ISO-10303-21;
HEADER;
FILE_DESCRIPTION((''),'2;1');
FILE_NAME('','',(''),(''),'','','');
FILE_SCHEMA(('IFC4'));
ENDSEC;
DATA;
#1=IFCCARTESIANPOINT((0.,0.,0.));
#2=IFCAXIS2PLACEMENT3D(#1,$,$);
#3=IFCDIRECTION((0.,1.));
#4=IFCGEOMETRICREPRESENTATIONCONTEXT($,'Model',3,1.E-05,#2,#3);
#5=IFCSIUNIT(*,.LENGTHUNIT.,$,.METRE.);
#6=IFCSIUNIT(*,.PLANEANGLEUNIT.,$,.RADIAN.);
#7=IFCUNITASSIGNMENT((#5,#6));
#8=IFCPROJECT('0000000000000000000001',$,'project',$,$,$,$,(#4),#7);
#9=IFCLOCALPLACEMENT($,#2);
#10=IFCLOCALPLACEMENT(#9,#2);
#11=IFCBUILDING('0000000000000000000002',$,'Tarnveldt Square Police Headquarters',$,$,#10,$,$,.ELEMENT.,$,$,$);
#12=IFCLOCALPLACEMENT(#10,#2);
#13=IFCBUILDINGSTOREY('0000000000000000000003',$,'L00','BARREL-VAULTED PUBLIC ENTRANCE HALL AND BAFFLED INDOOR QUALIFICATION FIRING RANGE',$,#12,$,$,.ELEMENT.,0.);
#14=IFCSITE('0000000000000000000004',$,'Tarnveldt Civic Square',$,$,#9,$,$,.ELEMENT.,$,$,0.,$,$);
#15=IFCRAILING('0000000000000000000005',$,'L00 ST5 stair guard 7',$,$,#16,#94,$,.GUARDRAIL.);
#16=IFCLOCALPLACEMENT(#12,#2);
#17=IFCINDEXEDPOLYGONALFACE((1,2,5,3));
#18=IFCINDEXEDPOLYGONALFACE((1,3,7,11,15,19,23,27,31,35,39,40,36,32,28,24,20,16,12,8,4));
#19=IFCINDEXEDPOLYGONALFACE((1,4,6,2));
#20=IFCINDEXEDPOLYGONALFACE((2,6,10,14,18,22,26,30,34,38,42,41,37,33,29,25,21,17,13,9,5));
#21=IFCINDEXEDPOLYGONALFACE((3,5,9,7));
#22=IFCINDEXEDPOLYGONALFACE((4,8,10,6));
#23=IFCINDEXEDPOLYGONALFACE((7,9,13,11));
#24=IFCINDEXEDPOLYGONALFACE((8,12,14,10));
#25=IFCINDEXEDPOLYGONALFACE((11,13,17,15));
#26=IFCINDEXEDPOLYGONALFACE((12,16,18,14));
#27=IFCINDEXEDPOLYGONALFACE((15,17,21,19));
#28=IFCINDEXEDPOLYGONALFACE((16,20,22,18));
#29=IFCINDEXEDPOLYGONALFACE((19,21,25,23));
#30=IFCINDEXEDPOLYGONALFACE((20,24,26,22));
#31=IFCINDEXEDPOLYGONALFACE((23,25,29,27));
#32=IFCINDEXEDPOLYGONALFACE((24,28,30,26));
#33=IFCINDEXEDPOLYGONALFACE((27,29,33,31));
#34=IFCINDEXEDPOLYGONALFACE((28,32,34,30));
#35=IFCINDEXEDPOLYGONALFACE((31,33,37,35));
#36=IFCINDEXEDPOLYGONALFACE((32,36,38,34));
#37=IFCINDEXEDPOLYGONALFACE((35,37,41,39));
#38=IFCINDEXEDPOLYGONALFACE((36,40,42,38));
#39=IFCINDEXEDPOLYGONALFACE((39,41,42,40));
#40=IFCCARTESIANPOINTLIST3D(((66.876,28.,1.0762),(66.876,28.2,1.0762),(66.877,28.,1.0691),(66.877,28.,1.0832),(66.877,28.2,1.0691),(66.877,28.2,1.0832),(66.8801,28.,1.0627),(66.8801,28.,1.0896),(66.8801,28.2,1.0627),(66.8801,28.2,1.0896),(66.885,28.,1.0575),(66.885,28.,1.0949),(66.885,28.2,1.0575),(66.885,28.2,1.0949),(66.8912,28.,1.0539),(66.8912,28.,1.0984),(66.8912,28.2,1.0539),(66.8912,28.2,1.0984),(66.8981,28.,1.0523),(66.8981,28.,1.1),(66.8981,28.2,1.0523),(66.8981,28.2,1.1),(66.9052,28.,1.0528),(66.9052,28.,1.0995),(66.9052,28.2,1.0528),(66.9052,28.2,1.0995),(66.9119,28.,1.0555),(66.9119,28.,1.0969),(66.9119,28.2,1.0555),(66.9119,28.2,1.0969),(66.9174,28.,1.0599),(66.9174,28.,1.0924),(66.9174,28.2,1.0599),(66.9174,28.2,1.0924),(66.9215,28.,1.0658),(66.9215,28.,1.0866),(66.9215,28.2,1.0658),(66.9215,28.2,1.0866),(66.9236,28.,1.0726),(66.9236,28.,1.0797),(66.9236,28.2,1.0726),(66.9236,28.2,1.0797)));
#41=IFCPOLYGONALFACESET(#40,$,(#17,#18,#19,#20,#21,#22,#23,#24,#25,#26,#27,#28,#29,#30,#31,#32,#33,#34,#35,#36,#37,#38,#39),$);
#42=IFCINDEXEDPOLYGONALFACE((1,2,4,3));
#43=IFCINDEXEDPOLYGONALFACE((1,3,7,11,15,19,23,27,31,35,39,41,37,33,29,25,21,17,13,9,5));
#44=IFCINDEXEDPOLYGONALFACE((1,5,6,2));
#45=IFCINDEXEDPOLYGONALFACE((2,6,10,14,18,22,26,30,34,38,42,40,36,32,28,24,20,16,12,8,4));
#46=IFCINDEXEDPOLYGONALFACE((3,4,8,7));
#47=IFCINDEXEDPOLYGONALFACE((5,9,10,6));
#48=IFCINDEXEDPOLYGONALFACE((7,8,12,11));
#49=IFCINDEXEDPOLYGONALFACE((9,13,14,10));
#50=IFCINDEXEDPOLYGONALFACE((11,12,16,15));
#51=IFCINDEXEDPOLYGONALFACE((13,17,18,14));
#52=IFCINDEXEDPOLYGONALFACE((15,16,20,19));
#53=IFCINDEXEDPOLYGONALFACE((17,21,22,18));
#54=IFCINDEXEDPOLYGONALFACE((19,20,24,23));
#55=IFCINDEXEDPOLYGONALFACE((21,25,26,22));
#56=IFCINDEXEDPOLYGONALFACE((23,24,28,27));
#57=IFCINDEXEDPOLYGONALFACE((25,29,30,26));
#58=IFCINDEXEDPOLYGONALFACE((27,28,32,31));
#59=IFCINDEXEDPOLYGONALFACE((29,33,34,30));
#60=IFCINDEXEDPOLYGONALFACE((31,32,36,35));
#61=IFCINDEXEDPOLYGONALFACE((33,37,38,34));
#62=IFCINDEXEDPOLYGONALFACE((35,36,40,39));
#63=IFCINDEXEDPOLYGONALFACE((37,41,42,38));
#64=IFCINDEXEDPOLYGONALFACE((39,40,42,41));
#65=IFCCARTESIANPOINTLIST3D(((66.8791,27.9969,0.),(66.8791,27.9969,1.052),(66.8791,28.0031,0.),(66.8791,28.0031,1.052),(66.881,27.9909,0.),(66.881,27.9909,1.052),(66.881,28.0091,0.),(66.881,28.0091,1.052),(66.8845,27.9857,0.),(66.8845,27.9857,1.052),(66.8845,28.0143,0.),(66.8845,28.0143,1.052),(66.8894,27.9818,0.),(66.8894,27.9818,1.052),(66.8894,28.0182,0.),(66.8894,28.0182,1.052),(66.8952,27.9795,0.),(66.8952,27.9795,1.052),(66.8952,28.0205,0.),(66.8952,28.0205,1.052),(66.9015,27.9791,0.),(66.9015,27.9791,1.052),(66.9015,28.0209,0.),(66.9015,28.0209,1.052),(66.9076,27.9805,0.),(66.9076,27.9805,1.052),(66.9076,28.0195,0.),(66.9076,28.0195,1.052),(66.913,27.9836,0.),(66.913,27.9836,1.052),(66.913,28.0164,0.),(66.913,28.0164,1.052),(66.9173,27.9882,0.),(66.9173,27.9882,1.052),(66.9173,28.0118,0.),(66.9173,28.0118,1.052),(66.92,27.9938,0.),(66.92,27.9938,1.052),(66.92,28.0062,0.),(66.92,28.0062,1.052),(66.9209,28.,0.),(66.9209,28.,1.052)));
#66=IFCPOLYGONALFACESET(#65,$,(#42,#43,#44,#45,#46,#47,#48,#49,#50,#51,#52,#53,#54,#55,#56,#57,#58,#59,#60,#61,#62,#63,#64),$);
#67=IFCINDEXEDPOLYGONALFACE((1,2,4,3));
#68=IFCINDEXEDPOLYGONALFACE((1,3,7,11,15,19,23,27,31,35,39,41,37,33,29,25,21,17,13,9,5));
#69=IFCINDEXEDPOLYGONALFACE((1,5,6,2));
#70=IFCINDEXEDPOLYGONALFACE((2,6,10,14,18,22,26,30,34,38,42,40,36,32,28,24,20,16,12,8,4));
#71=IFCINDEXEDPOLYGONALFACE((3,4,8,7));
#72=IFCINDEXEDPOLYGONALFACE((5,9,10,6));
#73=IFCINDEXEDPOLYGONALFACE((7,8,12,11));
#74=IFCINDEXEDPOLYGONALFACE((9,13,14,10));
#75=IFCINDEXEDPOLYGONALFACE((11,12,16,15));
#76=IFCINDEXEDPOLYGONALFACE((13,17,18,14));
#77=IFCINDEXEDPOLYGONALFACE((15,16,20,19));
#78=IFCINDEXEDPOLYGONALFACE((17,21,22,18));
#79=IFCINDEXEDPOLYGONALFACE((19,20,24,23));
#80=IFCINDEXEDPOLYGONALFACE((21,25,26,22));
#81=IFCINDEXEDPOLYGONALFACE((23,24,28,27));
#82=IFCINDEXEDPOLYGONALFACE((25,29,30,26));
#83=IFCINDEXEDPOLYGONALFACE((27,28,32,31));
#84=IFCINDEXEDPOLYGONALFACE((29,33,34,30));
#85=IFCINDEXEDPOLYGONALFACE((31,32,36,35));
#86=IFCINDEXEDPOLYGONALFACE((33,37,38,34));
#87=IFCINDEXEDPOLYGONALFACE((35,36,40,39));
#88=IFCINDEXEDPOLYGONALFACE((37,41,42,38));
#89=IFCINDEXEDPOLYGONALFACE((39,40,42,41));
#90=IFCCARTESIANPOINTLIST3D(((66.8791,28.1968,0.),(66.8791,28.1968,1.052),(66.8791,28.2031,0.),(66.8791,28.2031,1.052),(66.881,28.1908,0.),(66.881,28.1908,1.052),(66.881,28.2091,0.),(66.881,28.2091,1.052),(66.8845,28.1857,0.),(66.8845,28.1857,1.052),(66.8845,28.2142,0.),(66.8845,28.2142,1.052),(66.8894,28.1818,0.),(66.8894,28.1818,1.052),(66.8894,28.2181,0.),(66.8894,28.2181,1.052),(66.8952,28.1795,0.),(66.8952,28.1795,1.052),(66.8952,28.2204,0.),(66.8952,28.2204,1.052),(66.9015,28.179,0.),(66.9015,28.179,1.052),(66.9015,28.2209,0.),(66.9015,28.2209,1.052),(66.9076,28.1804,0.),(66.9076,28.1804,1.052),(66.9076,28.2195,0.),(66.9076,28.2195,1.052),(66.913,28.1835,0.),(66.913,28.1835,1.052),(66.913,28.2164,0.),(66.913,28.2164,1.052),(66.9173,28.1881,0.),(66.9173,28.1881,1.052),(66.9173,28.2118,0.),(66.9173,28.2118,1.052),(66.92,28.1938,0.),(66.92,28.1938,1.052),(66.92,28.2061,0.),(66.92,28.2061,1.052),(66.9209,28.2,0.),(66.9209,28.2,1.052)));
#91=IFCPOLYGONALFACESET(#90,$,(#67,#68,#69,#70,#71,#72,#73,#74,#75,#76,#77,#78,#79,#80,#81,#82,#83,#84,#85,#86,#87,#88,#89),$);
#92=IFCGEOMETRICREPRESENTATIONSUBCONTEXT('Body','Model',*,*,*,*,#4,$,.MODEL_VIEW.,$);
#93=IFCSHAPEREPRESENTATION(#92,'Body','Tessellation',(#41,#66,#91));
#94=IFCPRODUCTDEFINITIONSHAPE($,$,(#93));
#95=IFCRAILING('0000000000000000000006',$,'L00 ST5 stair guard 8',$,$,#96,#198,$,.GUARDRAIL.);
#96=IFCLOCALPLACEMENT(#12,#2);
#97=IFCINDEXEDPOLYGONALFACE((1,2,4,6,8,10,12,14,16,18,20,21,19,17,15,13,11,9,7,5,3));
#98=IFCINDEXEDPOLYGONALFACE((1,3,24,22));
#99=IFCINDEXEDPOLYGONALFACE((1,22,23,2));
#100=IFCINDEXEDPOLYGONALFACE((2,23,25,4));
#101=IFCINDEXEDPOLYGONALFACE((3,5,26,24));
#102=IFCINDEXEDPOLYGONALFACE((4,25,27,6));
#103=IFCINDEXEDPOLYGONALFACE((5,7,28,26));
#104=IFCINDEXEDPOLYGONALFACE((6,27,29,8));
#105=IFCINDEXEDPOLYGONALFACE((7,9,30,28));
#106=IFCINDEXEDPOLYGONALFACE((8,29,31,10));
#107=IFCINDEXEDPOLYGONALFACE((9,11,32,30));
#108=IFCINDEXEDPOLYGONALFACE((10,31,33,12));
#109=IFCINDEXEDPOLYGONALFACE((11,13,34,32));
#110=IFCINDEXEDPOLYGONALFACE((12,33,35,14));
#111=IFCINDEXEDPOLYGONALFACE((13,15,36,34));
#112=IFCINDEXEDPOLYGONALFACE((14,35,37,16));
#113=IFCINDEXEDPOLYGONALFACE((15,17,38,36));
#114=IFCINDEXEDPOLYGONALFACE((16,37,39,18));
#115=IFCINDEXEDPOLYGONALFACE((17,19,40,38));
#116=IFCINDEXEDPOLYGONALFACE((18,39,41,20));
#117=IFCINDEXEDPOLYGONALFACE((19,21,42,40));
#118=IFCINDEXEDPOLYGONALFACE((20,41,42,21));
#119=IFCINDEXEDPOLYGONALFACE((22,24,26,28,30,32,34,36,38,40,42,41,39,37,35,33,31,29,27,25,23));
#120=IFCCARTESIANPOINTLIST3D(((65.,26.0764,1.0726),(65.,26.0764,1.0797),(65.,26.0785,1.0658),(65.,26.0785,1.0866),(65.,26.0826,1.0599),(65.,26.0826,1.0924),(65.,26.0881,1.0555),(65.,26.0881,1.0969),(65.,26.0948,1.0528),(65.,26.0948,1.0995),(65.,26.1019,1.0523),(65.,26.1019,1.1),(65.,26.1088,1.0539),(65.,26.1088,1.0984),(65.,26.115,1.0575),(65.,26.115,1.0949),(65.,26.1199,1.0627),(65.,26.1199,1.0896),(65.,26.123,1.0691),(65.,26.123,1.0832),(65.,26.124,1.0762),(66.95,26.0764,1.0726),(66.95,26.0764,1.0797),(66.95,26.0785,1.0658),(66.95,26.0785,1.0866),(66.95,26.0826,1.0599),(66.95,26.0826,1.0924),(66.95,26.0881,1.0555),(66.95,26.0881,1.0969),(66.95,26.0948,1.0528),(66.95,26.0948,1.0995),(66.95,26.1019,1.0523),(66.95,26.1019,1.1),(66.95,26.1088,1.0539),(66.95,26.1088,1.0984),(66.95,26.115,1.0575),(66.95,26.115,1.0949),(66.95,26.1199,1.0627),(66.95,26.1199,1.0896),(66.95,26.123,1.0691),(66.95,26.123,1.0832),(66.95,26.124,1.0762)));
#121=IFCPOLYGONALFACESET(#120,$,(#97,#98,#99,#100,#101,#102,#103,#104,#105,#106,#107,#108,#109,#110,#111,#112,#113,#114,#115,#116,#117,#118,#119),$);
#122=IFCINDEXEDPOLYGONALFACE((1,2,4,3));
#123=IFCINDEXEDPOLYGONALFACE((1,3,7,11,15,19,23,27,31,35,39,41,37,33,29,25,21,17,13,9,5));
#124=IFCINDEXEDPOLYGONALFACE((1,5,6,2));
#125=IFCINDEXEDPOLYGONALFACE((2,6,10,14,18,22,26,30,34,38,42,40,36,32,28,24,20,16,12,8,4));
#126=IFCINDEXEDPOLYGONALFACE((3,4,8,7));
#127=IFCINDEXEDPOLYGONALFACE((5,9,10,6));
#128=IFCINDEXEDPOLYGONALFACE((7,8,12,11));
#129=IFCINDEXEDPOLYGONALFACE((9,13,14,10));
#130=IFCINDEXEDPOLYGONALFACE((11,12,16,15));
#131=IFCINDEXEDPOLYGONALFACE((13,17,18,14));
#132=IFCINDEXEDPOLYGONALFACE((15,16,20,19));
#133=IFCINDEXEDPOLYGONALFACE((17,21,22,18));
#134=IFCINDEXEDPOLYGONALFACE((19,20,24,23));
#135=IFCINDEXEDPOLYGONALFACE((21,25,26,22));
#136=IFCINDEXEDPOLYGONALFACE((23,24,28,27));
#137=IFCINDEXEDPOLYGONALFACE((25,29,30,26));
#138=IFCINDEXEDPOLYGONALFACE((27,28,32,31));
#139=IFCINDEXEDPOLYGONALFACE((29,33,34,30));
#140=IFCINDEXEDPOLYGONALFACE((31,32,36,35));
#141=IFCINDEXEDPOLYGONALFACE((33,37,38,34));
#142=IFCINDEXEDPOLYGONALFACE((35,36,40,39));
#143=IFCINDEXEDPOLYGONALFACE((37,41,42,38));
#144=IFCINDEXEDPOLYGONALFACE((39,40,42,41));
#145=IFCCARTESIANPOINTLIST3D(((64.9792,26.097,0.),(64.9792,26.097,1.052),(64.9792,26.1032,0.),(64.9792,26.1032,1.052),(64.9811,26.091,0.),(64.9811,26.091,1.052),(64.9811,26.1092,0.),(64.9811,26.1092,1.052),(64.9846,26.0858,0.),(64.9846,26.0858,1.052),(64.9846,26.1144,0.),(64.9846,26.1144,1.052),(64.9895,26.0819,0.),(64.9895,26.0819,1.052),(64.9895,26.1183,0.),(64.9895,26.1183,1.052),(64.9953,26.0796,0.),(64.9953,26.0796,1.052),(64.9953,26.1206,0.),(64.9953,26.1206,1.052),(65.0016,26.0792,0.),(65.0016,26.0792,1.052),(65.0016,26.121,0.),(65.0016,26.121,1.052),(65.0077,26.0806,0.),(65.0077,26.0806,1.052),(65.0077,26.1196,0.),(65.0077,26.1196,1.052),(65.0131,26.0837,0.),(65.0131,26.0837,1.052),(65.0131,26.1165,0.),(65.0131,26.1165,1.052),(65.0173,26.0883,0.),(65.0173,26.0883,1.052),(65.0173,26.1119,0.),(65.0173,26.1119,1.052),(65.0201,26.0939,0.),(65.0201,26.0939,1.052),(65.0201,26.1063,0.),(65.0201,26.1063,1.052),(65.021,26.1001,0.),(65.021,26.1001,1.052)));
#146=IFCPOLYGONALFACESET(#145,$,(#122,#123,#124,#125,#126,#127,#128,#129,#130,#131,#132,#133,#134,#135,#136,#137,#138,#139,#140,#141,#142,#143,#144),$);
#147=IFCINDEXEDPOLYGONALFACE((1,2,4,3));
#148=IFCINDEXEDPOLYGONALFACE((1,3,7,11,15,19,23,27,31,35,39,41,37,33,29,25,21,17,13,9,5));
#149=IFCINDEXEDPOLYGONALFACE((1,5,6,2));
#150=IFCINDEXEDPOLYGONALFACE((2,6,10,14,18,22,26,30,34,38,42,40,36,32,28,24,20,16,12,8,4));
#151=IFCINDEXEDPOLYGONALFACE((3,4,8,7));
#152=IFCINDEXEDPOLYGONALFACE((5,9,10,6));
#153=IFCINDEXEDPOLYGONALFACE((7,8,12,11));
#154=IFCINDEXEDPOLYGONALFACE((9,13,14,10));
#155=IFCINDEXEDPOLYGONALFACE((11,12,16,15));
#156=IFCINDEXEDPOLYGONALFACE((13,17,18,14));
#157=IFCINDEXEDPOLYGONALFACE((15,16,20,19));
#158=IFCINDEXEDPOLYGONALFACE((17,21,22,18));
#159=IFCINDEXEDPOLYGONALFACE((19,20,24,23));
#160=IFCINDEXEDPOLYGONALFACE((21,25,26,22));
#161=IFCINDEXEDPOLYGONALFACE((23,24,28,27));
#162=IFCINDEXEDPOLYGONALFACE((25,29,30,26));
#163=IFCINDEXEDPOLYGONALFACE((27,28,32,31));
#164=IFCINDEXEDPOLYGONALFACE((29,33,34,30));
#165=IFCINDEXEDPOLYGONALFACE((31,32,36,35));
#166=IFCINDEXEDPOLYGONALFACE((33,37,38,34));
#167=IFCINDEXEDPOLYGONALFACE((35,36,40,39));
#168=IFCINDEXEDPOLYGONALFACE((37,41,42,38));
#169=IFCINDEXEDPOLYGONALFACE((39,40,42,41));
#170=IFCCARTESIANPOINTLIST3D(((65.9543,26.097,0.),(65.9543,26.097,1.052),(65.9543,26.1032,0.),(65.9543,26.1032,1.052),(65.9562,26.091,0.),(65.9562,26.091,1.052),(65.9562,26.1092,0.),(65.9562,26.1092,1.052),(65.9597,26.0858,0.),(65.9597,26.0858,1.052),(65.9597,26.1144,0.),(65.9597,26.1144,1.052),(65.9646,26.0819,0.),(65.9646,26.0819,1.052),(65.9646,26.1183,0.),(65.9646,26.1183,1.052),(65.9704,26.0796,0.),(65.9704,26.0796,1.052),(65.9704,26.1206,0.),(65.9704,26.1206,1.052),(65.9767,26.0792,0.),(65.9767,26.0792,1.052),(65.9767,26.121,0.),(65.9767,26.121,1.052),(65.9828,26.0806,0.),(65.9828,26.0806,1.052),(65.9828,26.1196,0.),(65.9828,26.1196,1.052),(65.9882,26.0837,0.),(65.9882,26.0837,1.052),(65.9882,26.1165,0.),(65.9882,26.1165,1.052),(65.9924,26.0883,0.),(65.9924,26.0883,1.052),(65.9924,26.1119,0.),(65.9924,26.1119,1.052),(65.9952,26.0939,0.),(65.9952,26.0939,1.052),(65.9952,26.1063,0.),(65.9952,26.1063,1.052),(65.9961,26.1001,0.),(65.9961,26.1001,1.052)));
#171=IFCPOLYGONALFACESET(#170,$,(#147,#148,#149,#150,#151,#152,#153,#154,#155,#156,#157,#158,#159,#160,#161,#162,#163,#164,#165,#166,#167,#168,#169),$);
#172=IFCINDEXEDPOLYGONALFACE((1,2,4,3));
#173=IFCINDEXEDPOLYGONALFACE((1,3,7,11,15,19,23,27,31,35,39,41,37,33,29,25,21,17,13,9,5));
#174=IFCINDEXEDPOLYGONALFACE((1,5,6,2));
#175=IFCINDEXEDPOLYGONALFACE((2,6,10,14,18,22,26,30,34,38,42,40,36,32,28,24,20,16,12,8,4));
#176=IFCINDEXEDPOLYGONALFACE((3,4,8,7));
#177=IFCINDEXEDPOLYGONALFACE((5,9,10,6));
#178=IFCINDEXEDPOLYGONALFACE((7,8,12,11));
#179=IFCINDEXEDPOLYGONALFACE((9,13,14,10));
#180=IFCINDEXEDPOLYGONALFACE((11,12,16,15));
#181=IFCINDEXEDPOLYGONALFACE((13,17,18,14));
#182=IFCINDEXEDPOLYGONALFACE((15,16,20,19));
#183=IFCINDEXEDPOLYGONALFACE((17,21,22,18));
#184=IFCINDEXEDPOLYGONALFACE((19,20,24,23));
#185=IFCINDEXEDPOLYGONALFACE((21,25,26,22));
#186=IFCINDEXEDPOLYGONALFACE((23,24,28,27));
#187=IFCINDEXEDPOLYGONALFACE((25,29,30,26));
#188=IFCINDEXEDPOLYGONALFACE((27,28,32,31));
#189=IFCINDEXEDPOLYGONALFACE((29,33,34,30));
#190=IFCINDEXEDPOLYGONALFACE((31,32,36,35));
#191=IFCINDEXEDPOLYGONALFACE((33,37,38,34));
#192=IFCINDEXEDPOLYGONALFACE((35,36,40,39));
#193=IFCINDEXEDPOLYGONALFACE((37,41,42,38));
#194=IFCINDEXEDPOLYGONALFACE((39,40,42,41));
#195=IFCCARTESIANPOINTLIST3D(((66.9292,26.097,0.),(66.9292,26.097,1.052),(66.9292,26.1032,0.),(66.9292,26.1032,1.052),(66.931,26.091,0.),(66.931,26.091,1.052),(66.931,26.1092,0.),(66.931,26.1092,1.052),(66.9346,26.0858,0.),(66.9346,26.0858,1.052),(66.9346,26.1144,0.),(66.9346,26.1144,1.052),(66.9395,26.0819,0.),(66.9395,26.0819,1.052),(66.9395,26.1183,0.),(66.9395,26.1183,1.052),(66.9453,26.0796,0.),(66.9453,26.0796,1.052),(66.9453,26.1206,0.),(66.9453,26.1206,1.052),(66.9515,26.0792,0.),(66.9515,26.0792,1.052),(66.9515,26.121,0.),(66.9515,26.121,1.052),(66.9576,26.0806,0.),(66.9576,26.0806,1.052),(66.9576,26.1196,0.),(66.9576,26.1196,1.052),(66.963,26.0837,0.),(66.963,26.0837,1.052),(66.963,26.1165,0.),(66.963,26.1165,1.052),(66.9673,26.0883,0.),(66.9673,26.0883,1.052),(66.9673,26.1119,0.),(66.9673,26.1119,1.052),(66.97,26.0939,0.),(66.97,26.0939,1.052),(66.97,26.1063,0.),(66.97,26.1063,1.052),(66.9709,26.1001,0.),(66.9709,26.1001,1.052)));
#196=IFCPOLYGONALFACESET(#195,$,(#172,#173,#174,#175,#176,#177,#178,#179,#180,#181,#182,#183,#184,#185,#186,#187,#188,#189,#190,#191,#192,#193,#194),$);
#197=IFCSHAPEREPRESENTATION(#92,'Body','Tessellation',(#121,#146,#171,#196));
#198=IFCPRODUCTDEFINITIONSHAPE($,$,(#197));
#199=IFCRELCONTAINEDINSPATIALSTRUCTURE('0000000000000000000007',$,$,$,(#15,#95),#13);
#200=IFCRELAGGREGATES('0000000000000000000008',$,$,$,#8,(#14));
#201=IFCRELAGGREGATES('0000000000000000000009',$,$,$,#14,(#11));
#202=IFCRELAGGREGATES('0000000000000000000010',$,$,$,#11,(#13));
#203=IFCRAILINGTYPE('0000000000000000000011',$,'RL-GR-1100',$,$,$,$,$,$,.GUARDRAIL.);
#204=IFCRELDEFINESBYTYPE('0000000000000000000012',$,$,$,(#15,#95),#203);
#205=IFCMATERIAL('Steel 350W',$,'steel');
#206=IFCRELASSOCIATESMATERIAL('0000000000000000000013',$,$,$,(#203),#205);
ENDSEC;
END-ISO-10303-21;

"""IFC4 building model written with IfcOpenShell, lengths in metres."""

from ifc_helpers import new_model, si_unit, direction, frame, origin, origin_2d, place, context, subcontext, project, spatial, circle, extrude, material, type_object, element, save


model = new_model("IFC4")

# Units and contexts
model_context = context("Model", 3, precision=1e-05, world=origin(), true_north=direction((0.0, 1.0)))
body_context = subcontext(model_context, "Body", "Model", "MODEL_VIEW")
ifc_project = project(units=[si_unit("LENGTHUNIT", "METRE"), si_unit("PLANEANGLEUNIT", "RADIAN")], contexts=[model_context])

# Site, building, storey
site_placement = place(None, origin())
site = spatial("IfcSite", under=ifc_project, at=site_placement, Name="Tarnveldt Civic Square", CompositionType="ELEMENT", RefElevation=0.0)
building_placement = place(site_placement, origin())
building = spatial("IfcBuilding", under=site, at=building_placement, Name="Tarnveldt Square Police Headquarters", CompositionType="ELEMENT")
storey_placement = place(building_placement, origin())
storey = spatial("IfcBuildingStorey", under=building, at=storey_placement, Name="L00", Description="BARREL-VAULTED PUBLIC ENTRANCE HALL AND BAFFLED INDOOR QUALIFICATION FIRING RANGE", CompositionType="ELEMENT", Elevation=0.0)

# Railings
ifc_material_1 = material(Name="Steel 350W", Category="steel")
railing_type_1 = type_object("IfcRailingType", Name="RL-GR-1100", PredefinedType="GUARDRAIL", material=ifc_material_1)
railing_1_placement = place(storey_placement, frame((66.8999, 28.0, 0.0)))
element("IfcRailing", 1, at=railing_1_placement, inside=storey, type_object=railing_type_1, Name="L00 ST5 stair guard 7", PredefinedType="GUARDRAIL", context=body_context, shape_type="SweptSolid", body=[
    extrude(circle(Radius=0.0239, at=origin_2d()), frame((0.0, 0.0, 1.0762), z_axis=(0.0, 1.0, 0.0), x_axis=(-1.0, 0.0, 0.0)), (0.0, 0.0, 1.0), 0.2),
    extrude(circle(Radius=0.021, at=origin_2d()), origin(), (0.0, 0.0, 1.0), 1.052),
    extrude(circle(Radius=0.021, at=origin_2d()), frame((0.0, 0.2, 0.0)), (0.0, 0.0, 1.0), 1.052),
])
for number, where, name in (
    (2, (65.0, 26.1001, 0.0), "L00 ST5 stair guard 8"),
):
    element("IfcRailing", number, at=place(storey_placement, frame(where)), inside=storey, type_object=railing_type_1, Name=name, PredefinedType="GUARDRAIL", context=body_context, shape_type="SweptSolid", body=[
        extrude(circle(Radius=0.0239, at=origin_2d()), frame((0.0, 0.0, 1.0762), z_axis=(1.0, 0.0, 0.0), x_axis=(0.0, 1.0, 0.0)), (0.0, 0.0, 1.0), 1.95),
        extrude(circle(Radius=0.021, at=origin_2d()), origin(), (0.0, 0.0, 1.0), 1.052),
        extrude(circle(Radius=0.021, at=origin_2d()), frame((0.9751, 0.0, 0.0)), (0.0, 0.0, 1.0), 1.052),
        extrude(circle(Radius=0.021, at=origin_2d()), frame((1.95, 0.0, 0.0)), (0.0, 0.0, 1.0), 1.052),
    ])

save(model, "model.ifc")
